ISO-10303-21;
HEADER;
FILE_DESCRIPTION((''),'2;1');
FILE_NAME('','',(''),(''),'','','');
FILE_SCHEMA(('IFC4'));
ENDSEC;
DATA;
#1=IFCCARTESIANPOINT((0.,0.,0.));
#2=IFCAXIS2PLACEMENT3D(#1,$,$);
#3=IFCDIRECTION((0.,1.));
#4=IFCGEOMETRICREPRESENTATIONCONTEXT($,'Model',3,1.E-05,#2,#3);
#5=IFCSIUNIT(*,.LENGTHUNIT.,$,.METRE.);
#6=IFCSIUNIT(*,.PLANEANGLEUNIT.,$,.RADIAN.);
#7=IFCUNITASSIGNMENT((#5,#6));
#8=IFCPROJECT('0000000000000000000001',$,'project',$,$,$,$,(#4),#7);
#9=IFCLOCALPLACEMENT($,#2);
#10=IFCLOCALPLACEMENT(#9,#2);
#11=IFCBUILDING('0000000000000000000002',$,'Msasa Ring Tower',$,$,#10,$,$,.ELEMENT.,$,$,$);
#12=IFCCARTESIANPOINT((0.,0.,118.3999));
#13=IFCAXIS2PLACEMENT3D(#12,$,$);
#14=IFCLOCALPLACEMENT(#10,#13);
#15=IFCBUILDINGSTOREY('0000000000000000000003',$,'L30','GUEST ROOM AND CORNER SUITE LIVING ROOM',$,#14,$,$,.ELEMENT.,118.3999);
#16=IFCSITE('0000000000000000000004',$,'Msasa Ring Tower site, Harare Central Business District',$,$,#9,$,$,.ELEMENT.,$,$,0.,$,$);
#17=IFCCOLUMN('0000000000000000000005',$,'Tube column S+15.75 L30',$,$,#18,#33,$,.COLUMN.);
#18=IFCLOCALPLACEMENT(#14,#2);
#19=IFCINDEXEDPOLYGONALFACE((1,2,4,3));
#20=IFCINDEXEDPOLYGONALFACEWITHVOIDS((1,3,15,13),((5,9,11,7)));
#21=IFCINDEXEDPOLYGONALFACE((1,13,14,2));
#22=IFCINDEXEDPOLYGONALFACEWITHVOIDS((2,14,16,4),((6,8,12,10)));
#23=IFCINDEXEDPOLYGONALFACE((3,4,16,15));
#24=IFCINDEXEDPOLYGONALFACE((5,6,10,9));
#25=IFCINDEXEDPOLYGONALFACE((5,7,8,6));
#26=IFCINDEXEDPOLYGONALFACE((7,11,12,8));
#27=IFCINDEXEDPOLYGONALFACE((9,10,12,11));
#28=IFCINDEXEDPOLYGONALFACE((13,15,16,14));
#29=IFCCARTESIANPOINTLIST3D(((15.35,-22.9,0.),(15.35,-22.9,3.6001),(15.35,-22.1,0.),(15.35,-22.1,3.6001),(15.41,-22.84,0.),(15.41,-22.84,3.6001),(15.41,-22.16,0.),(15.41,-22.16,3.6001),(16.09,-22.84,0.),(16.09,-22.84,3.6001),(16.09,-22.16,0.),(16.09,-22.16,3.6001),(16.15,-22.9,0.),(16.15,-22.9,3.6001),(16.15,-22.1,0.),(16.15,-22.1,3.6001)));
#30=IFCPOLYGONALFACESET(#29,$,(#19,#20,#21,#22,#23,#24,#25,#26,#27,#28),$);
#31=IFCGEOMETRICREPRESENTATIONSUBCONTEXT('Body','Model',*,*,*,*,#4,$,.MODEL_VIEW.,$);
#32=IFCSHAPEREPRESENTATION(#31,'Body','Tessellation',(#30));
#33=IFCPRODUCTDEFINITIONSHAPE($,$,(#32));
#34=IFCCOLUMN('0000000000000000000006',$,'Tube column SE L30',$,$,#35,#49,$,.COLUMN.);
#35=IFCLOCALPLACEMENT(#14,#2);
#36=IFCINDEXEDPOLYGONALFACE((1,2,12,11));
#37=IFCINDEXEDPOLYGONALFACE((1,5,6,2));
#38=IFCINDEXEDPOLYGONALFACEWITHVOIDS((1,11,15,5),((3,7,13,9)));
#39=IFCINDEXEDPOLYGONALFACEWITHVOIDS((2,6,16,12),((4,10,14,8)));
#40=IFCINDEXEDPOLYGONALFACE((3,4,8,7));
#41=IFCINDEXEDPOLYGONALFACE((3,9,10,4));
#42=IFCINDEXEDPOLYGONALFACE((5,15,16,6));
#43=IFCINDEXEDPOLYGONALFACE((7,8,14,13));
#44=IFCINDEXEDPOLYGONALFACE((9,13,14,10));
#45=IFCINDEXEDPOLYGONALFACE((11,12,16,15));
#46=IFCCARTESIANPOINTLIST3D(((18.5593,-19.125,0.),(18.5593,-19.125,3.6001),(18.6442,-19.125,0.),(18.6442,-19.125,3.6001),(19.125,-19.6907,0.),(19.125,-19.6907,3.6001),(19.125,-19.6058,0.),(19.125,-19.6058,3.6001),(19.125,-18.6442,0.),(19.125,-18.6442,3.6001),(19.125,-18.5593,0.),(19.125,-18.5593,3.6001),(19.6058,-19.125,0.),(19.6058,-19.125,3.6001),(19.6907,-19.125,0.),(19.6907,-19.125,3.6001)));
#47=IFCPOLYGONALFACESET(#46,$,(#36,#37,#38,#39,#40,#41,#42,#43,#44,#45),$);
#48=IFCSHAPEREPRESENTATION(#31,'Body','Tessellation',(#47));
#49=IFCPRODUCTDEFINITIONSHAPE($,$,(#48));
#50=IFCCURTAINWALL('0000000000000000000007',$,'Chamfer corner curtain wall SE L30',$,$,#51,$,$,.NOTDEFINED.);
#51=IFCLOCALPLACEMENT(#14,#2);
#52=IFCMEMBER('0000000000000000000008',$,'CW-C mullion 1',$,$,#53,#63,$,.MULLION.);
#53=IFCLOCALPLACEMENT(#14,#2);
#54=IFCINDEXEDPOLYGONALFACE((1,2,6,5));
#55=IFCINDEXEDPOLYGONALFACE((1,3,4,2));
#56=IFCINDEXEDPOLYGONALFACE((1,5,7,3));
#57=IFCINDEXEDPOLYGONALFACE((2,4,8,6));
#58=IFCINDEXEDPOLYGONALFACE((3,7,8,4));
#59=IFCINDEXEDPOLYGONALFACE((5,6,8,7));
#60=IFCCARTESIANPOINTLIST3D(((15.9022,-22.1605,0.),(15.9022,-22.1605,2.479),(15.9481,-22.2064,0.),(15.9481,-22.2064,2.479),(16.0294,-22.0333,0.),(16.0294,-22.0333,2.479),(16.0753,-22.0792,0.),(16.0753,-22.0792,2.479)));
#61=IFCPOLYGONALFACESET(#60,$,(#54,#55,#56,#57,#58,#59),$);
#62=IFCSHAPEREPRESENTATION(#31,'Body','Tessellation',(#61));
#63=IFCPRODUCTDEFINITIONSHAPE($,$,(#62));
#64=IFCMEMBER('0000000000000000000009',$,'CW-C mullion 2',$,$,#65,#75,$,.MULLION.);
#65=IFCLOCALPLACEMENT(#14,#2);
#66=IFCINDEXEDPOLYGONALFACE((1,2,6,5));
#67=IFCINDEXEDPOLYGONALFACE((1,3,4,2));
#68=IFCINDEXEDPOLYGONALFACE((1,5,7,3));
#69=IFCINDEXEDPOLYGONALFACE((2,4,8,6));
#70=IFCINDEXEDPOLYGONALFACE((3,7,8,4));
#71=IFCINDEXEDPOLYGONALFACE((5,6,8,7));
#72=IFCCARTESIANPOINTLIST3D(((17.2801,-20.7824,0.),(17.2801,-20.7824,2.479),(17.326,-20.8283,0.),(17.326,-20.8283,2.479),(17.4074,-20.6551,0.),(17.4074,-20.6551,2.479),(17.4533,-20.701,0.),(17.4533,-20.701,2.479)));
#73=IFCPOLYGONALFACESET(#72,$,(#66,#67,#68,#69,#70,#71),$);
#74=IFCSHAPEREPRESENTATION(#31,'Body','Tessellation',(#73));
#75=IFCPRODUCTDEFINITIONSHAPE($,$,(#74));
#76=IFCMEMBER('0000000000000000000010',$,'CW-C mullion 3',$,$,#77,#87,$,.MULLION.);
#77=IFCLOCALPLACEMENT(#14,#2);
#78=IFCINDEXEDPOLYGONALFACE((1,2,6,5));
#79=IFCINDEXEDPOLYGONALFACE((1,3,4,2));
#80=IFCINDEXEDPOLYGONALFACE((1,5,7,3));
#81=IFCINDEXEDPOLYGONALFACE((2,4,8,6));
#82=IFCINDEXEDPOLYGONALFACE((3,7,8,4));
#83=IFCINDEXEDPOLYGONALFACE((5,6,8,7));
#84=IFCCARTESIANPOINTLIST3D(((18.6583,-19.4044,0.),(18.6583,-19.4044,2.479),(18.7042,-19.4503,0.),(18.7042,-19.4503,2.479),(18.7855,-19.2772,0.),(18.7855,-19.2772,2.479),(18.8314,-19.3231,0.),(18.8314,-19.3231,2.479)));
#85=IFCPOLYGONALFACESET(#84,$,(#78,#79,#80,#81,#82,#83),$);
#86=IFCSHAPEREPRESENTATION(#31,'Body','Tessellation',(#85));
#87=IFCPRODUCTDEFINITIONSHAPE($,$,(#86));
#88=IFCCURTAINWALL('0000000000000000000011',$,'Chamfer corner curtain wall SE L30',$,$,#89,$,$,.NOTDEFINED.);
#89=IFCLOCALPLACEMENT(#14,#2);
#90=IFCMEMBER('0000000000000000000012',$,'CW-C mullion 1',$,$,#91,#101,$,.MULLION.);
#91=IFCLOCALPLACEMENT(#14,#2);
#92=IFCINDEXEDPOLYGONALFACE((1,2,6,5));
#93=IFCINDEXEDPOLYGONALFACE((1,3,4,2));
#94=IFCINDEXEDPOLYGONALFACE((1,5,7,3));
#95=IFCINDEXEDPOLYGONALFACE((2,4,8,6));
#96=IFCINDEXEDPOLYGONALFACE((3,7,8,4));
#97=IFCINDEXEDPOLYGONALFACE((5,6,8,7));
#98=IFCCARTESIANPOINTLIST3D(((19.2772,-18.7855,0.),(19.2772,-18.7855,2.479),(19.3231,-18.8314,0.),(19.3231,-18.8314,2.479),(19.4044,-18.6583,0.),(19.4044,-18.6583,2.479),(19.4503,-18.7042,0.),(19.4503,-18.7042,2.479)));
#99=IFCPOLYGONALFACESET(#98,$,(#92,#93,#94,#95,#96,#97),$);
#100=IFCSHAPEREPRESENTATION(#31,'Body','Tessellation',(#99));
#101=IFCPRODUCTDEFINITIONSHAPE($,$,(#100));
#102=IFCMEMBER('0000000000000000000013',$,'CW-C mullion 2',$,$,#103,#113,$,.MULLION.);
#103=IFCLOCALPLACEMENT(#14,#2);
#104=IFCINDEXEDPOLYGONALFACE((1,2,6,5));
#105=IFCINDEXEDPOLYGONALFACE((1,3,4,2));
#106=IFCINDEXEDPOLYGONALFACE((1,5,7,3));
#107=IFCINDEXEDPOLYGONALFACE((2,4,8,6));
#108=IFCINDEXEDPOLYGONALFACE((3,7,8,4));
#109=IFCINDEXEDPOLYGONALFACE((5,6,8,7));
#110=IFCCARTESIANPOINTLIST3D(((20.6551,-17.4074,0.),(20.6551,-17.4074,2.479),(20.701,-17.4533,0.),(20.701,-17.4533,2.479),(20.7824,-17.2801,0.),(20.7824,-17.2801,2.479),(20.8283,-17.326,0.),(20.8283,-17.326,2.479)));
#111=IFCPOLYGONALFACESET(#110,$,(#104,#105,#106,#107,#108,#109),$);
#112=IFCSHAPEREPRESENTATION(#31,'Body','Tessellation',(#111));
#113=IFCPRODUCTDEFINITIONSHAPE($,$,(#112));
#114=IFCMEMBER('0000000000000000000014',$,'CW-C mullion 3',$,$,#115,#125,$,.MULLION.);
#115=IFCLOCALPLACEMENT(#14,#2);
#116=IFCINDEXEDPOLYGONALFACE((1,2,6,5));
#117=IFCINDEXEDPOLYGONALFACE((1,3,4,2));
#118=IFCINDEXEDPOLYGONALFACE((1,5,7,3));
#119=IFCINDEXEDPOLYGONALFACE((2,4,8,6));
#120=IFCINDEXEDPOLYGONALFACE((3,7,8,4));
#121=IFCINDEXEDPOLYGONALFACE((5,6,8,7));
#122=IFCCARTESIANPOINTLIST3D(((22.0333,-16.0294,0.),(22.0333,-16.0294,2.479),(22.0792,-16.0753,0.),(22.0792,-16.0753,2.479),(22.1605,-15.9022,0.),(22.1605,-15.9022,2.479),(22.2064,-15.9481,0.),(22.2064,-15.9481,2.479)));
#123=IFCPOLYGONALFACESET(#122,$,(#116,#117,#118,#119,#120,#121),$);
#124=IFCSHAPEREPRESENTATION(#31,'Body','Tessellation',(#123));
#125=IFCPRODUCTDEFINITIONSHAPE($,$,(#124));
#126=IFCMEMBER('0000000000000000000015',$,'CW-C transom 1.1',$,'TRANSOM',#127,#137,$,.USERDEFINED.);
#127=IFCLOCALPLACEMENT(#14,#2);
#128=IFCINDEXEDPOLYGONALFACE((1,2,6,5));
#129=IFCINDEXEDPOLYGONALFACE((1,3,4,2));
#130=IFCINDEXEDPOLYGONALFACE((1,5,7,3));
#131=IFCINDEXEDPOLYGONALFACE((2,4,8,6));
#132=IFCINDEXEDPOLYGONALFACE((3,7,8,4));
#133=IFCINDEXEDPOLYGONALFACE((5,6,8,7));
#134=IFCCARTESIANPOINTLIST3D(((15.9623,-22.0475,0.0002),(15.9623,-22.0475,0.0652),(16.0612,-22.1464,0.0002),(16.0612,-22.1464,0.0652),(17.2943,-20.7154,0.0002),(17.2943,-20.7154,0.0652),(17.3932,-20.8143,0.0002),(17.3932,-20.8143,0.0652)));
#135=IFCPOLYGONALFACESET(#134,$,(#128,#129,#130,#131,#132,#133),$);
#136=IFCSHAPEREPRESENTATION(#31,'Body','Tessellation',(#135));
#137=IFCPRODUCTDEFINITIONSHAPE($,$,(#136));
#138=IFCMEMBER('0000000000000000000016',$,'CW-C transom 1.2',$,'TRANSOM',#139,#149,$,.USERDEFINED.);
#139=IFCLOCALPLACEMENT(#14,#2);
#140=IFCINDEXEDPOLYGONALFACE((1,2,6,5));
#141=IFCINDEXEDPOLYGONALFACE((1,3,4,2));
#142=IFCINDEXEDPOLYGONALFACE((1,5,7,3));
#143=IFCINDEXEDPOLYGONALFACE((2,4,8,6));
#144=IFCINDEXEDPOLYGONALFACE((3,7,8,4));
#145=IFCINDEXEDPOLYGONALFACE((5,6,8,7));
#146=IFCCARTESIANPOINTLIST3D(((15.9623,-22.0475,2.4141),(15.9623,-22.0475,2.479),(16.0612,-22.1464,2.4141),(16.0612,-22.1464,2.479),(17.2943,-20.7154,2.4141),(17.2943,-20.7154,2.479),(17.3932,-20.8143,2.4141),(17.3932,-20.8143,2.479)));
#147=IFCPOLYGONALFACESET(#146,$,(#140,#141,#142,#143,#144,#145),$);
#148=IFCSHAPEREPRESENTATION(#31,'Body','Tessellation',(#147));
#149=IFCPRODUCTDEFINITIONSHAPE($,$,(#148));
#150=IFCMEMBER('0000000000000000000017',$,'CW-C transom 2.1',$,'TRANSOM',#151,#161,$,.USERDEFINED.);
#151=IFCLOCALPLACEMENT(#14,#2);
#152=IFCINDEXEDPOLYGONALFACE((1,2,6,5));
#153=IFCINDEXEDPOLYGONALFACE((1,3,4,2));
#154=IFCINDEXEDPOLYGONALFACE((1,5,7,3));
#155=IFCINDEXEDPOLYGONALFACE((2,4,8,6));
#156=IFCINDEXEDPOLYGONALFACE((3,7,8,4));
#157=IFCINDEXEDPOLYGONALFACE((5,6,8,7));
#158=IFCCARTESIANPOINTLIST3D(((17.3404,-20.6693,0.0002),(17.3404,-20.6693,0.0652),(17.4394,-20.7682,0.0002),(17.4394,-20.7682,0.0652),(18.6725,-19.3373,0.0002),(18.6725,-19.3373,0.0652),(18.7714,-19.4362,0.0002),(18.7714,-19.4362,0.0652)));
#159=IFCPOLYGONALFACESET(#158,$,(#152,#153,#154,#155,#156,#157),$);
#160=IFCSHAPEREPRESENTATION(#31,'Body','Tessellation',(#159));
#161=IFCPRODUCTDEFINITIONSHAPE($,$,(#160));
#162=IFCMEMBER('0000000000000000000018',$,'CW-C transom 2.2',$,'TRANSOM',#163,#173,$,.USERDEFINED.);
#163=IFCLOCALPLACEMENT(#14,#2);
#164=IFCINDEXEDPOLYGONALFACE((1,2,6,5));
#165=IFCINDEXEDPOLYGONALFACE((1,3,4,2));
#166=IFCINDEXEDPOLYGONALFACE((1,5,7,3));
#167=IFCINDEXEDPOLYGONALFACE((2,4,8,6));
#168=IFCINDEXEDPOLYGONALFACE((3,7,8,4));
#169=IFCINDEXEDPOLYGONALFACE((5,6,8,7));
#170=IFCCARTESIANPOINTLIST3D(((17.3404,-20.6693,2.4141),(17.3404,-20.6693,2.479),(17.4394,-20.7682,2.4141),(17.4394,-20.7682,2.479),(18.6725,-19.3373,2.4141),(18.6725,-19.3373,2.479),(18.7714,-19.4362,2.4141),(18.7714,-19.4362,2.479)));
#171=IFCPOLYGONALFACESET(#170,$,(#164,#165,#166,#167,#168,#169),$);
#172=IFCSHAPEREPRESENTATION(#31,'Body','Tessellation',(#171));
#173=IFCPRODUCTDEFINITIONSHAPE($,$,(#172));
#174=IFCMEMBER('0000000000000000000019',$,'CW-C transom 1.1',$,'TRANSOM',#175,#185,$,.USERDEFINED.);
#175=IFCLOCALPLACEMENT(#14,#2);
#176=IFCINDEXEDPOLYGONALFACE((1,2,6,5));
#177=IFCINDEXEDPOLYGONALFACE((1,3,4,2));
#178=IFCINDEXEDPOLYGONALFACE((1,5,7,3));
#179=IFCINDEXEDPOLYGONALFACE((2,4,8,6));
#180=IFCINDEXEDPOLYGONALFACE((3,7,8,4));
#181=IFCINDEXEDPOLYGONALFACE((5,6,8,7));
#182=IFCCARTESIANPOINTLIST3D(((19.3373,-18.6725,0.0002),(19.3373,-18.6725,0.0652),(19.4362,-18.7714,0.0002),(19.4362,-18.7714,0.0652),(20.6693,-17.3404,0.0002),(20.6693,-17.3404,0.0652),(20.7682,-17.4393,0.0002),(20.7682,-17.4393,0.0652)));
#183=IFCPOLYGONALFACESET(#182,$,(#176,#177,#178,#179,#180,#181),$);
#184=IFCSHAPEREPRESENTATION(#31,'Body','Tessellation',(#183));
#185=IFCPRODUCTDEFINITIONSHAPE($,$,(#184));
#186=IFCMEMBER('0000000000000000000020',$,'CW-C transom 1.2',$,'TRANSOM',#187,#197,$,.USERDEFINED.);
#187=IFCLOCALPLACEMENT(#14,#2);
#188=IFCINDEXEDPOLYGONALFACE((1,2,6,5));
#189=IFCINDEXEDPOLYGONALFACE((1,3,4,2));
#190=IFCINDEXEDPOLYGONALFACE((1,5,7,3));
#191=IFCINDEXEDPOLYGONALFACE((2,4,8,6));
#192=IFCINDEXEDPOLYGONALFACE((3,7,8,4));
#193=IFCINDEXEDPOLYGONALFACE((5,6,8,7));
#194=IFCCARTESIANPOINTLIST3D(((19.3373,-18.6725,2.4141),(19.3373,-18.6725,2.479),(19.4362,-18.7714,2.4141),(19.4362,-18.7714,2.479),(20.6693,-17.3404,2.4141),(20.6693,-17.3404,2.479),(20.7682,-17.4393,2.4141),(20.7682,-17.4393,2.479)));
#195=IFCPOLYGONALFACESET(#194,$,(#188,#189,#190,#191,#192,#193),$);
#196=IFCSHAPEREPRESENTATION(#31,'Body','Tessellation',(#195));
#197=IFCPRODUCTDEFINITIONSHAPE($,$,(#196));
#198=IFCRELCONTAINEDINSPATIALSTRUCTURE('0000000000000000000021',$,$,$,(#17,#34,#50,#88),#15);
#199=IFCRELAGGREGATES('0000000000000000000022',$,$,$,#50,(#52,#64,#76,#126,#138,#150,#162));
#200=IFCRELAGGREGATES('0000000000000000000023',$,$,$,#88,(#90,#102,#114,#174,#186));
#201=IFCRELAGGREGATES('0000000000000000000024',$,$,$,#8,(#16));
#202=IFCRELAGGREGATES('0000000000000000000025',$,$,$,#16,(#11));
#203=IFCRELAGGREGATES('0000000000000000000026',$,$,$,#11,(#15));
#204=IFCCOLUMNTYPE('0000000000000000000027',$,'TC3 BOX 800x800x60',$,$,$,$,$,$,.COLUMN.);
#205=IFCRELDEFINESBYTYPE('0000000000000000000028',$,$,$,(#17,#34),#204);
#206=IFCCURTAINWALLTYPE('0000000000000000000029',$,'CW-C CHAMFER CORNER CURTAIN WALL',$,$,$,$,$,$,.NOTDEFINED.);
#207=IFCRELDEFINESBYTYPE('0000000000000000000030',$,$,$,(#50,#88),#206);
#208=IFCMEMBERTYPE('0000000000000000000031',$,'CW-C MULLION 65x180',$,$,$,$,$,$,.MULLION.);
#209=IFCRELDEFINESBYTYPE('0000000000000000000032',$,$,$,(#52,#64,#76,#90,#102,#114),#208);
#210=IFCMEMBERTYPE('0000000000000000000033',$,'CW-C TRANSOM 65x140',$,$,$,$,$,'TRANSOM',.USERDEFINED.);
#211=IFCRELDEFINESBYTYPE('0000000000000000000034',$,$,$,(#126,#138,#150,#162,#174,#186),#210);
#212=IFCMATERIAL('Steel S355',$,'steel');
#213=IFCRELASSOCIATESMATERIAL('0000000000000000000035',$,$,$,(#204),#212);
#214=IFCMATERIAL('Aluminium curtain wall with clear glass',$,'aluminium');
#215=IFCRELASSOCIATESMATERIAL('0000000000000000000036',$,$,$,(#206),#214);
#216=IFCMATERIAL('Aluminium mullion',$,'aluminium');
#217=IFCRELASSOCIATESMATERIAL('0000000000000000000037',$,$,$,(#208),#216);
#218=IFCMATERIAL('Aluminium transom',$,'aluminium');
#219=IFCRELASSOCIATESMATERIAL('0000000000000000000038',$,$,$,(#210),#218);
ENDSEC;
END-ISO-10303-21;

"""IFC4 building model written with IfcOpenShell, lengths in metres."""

from ifc_helpers import new_model, si_unit, direction, frame, origin, origin_2d, place, context, subcontext, project, spatial, rectangle, hollow_rectangle, extrude, material, material_profile, profile_set, type_object, element, aggregate, save


model = new_model("IFC4")

# Units and contexts
model_context = context("Model", 3, precision=1e-05, world=origin(), true_north=direction((0.0, 1.0)))
body_context = subcontext(model_context, "Body", "Model", "MODEL_VIEW")
ifc_project = project(units=[si_unit("LENGTHUNIT", "METRE"), si_unit("PLANEANGLEUNIT", "RADIAN")], contexts=[model_context])

# Site, building, storey
site_placement = place(None, origin())
site = spatial("IfcSite", under=ifc_project, at=site_placement, Name="Msasa Ring Tower site, Harare Central Business District", CompositionType="ELEMENT", RefElevation=0.0)
building_placement = place(site_placement, origin())
building = spatial("IfcBuilding", under=site, at=building_placement, Name="Msasa Ring Tower", CompositionType="ELEMENT")
storey_placement = place(building_placement, frame((0.0, 0.0, 118.3999)))
storey = spatial("IfcBuildingStorey", under=building, at=storey_placement, Name="L30", Description="GUEST ROOM AND CORNER SUITE LIVING ROOM", CompositionType="ELEMENT", Elevation=118.3999)

# Columns
ifc_material_1 = material(Name="Steel S355", Category="steel")
ifc_material_profile_1 = material_profile(ifc_material_1, hollow_rectangle(XDim=0.8, YDim=0.8, WallThickness=0.0601, at=origin_2d()), Name="BOX 800x800x60")
ifc_profile_set_1 = profile_set([ifc_material_profile_1], Name="Steel S355")
column_type = type_object("IfcColumnType", Name="TC3 BOX 800x800x60", PredefinedType="COLUMN", material=ifc_profile_set_1)
for number, where, z_axis, x_axis, name in (
    (1, (15.75, -22.5, 0.0), (0.0, 0.0, 1.0), (0.0, 1.0, 0.0), "Tube column S+15.75 L30"),
    (2, (19.125, -19.125, 0.0), (0.0, 0.0, 1.0), (0.707107, -0.707107, 0.0), "Tube column SE L30"),
):
    element("IfcColumn", number, at=place(storey_placement, frame(where, z_axis=z_axis, x_axis=x_axis)), inside=storey, type_object=column_type, Name=name, PredefinedType="COLUMN", context=body_context, shape_type="SweptSolid", body=[
        extrude(hollow_rectangle(XDim=0.8, YDim=0.8, WallThickness=0.0601, at=origin_2d()), origin(), (0.0, 0.0, 1.0), 3.6001),
    ])

# Curtain walls, members
ifc_material_2 = material(Name="Aluminium curtain wall with clear glass", Category="aluminium")
curtain_wall_type = type_object("IfcCurtainWallType", Name="CW-C CHAMFER CORNER CURTAIN WALL", PredefinedType="NOTDEFINED", material=ifc_material_2)
curtain_wall_1_placement = place(storey_placement, origin())
curtain_wall_1 = element("IfcCurtainWall", 3, at=curtain_wall_1_placement, inside=storey, type_object=curtain_wall_type, Name="Chamfer corner curtain wall SE L30", PredefinedType="NOTDEFINED")
ifc_material_3 = material(Name="Aluminium mullion", Category="aluminium")
ifc_material_profile_2 = material_profile(ifc_material_3, rectangle(XDim=0.0649, YDim=0.1799, at=origin_2d()), Name="AL 65x180")
ifc_profile_set_2 = profile_set([ifc_material_profile_2], Name="Aluminium mullion")
member_type_1 = type_object("IfcMemberType", Name="CW-C MULLION 65x180", PredefinedType="MULLION", material=ifc_profile_set_2)
member_1_placement = place(storey_placement, frame((15.9888, -22.1199, 0.0), z_axis=(0.0, 0.0, 1.0), x_axis=(-0.707107, 0.707107, 0.0)))
member_1 = element("IfcMember", 4, at=member_1_placement, type_object=member_type_1, Name="CW-C mullion 1", PredefinedType="MULLION", context=body_context, shape_type="SweptSolid", body=[
    extrude(rectangle(XDim=0.0649, YDim=0.1799, at=origin_2d()), origin(), (0.0, 0.0, 1.0), 2.479),
])
member_2_placement = place(storey_placement, frame((17.3667, -20.7417, 0.0), z_axis=(0.0, 0.0, 1.0), x_axis=(-0.707107, 0.707107, 0.0)))
member_2 = element("IfcMember", 5, at=member_2_placement, type_object=member_type_1, Name="CW-C mullion 2", PredefinedType="MULLION", context=body_context, shape_type="SweptSolid", body=[
    extrude(rectangle(XDim=0.0649, YDim=0.1799, at=origin_2d()), origin(), (0.0, 0.0, 1.0), 2.479),
])
member_3_placement = place(storey_placement, frame((18.7449, -19.3638, 0.0), z_axis=(0.0, 0.0, 1.0), x_axis=(-0.707107, 0.707107, 0.0)))
member_3 = element("IfcMember", 6, at=member_3_placement, type_object=member_type_1, Name="CW-C mullion 3", PredefinedType="MULLION", context=body_context, shape_type="SweptSolid", body=[
    extrude(rectangle(XDim=0.0649, YDim=0.1799, at=origin_2d()), origin(), (0.0, 0.0, 1.0), 2.479),
])
curtain_wall_2_placement = place(storey_placement, origin())
curtain_wall_2 = element("IfcCurtainWall", 7, at=curtain_wall_2_placement, inside=storey, type_object=curtain_wall_type, Name="Chamfer corner curtain wall SE L30", PredefinedType="NOTDEFINED")
member_4_placement = place(storey_placement, frame((19.3638, -18.7449, 0.0), z_axis=(0.0, 0.0, 1.0), x_axis=(-0.707107, 0.707107, 0.0)))
member_4 = element("IfcMember", 8, at=member_4_placement, type_object=member_type_1, Name="CW-C mullion 1", PredefinedType="MULLION", context=body_context, shape_type="SweptSolid", body=[
    extrude(rectangle(XDim=0.0649, YDim=0.1799, at=origin_2d()), origin(), (0.0, 0.0, 1.0), 2.479),
])
member_5_placement = place(storey_placement, frame((20.7417, -17.3667, 0.0), z_axis=(0.0, 0.0, 1.0), x_axis=(-0.707107, 0.707107, 0.0)))
member_5 = element("IfcMember", 9, at=member_5_placement, type_object=member_type_1, Name="CW-C mullion 2", PredefinedType="MULLION", context=body_context, shape_type="SweptSolid", body=[
    extrude(rectangle(XDim=0.0649, YDim=0.1799, at=origin_2d()), origin(), (0.0, 0.0, 1.0), 2.479),
])
member_6_placement = place(storey_placement, frame((22.1199, -15.9888, 0.0), z_axis=(0.0, 0.0, 1.0), x_axis=(-0.707107, 0.707107, 0.0)))
member_6 = element("IfcMember", 10, at=member_6_placement, type_object=member_type_1, Name="CW-C mullion 3", PredefinedType="MULLION", context=body_context, shape_type="SweptSolid", body=[
    extrude(rectangle(XDim=0.0649, YDim=0.1799, at=origin_2d()), origin(), (0.0, 0.0, 1.0), 2.479),
])

# Members
ifc_material_4 = material(Name="Aluminium transom", Category="aluminium")
ifc_material_profile_3 = material_profile(ifc_material_4, rectangle(XDim=0.1399, YDim=0.0649, at=origin_2d()), Name="AL 65x140")
ifc_profile_set_3 = profile_set([ifc_material_profile_3], Name="Aluminium transom")
member_type_2 = type_object("IfcMemberType", Name="CW-C TRANSOM 65x140", ElementType="TRANSOM", PredefinedType="USERDEFINED", material=ifc_profile_set_3)
member_7_placement = place(storey_placement, frame((16.0117, -22.0969, 0.0327), z_axis=(0.707107, 0.707107, 0.0), x_axis=(-0.707107, 0.707107, 0.0)))
member_7 = element("IfcMember", 11, at=member_7_placement, type_object=member_type_2, Name="CW-C transom 1.1", ObjectType="TRANSOM", PredefinedType="USERDEFINED", context=body_context, shape_type="SweptSolid", body=[
    extrude(rectangle(XDim=0.1399, YDim=0.0649, at=origin_2d()), origin(), (0.0, 0.0, 1.0), 1.8838),
])
member_8_placement = place(storey_placement, frame((16.0117, -22.0969, 2.4465), z_axis=(0.707107, 0.707107, 0.0), x_axis=(-0.707107, 0.707107, 0.0)))
member_8 = element("IfcMember", 12, at=member_8_placement, type_object=member_type_2, Name="CW-C transom 1.2", ObjectType="TRANSOM", PredefinedType="USERDEFINED", context=body_context, shape_type="SweptSolid", body=[
    extrude(rectangle(XDim=0.1399, YDim=0.0649, at=origin_2d()), origin(), (0.0, 0.0, 1.0), 1.8838),
])
member_9_placement = place(storey_placement, frame((17.3899, -20.7188, 0.0327), z_axis=(0.707107, 0.707107, 0.0), x_axis=(-0.707107, 0.707107, 0.0)))
member_9 = element("IfcMember", 13, at=member_9_placement, type_object=member_type_2, Name="CW-C transom 2.1", ObjectType="TRANSOM", PredefinedType="USERDEFINED", context=body_context, shape_type="SweptSolid", body=[
    extrude(rectangle(XDim=0.1399, YDim=0.0649, at=origin_2d()), origin(), (0.0, 0.0, 1.0), 1.8838),
])
member_10_placement = place(storey_placement, frame((17.3899, -20.7188, 2.4465), z_axis=(0.707107, 0.707107, 0.0), x_axis=(-0.707107, 0.707107, 0.0)))
member_10 = element("IfcMember", 14, at=member_10_placement, type_object=member_type_2, Name="CW-C transom 2.2", ObjectType="TRANSOM", PredefinedType="USERDEFINED", context=body_context, shape_type="SweptSolid", body=[
    extrude(rectangle(XDim=0.1399, YDim=0.0649, at=origin_2d()), origin(), (0.0, 0.0, 1.0), 1.8838),
])
member_11_placement = place(storey_placement, frame((19.3867, -18.7219, 0.0327), z_axis=(0.707107, 0.707107, 0.0), x_axis=(-0.707107, 0.707107, 0.0)))
member_11 = element("IfcMember", 15, at=member_11_placement, type_object=member_type_2, Name="CW-C transom 1.1", ObjectType="TRANSOM", PredefinedType="USERDEFINED", context=body_context, shape_type="SweptSolid", body=[
    extrude(rectangle(XDim=0.1399, YDim=0.0649, at=origin_2d()), origin(), (0.0, 0.0, 1.0), 1.8838),
])
member_12_placement = place(storey_placement, frame((19.3867, -18.7219, 2.4465), z_axis=(0.707107, 0.707107, 0.0), x_axis=(-0.707107, 0.707107, 0.0)))
member_12 = element("IfcMember", 16, at=member_12_placement, type_object=member_type_2, Name="CW-C transom 1.2", ObjectType="TRANSOM", PredefinedType="USERDEFINED", context=body_context, shape_type="SweptSolid", body=[
    extrude(rectangle(XDim=0.1399, YDim=0.0649, at=origin_2d()), origin(), (0.0, 0.0, 1.0), 1.8838),
])

aggregate(curtain_wall_1, [member_1, member_2, member_3, member_7, member_8, member_9, member_10])
aggregate(curtain_wall_2, [member_4, member_5, member_6, member_11, member_12])

save(model, "model.ifc")
